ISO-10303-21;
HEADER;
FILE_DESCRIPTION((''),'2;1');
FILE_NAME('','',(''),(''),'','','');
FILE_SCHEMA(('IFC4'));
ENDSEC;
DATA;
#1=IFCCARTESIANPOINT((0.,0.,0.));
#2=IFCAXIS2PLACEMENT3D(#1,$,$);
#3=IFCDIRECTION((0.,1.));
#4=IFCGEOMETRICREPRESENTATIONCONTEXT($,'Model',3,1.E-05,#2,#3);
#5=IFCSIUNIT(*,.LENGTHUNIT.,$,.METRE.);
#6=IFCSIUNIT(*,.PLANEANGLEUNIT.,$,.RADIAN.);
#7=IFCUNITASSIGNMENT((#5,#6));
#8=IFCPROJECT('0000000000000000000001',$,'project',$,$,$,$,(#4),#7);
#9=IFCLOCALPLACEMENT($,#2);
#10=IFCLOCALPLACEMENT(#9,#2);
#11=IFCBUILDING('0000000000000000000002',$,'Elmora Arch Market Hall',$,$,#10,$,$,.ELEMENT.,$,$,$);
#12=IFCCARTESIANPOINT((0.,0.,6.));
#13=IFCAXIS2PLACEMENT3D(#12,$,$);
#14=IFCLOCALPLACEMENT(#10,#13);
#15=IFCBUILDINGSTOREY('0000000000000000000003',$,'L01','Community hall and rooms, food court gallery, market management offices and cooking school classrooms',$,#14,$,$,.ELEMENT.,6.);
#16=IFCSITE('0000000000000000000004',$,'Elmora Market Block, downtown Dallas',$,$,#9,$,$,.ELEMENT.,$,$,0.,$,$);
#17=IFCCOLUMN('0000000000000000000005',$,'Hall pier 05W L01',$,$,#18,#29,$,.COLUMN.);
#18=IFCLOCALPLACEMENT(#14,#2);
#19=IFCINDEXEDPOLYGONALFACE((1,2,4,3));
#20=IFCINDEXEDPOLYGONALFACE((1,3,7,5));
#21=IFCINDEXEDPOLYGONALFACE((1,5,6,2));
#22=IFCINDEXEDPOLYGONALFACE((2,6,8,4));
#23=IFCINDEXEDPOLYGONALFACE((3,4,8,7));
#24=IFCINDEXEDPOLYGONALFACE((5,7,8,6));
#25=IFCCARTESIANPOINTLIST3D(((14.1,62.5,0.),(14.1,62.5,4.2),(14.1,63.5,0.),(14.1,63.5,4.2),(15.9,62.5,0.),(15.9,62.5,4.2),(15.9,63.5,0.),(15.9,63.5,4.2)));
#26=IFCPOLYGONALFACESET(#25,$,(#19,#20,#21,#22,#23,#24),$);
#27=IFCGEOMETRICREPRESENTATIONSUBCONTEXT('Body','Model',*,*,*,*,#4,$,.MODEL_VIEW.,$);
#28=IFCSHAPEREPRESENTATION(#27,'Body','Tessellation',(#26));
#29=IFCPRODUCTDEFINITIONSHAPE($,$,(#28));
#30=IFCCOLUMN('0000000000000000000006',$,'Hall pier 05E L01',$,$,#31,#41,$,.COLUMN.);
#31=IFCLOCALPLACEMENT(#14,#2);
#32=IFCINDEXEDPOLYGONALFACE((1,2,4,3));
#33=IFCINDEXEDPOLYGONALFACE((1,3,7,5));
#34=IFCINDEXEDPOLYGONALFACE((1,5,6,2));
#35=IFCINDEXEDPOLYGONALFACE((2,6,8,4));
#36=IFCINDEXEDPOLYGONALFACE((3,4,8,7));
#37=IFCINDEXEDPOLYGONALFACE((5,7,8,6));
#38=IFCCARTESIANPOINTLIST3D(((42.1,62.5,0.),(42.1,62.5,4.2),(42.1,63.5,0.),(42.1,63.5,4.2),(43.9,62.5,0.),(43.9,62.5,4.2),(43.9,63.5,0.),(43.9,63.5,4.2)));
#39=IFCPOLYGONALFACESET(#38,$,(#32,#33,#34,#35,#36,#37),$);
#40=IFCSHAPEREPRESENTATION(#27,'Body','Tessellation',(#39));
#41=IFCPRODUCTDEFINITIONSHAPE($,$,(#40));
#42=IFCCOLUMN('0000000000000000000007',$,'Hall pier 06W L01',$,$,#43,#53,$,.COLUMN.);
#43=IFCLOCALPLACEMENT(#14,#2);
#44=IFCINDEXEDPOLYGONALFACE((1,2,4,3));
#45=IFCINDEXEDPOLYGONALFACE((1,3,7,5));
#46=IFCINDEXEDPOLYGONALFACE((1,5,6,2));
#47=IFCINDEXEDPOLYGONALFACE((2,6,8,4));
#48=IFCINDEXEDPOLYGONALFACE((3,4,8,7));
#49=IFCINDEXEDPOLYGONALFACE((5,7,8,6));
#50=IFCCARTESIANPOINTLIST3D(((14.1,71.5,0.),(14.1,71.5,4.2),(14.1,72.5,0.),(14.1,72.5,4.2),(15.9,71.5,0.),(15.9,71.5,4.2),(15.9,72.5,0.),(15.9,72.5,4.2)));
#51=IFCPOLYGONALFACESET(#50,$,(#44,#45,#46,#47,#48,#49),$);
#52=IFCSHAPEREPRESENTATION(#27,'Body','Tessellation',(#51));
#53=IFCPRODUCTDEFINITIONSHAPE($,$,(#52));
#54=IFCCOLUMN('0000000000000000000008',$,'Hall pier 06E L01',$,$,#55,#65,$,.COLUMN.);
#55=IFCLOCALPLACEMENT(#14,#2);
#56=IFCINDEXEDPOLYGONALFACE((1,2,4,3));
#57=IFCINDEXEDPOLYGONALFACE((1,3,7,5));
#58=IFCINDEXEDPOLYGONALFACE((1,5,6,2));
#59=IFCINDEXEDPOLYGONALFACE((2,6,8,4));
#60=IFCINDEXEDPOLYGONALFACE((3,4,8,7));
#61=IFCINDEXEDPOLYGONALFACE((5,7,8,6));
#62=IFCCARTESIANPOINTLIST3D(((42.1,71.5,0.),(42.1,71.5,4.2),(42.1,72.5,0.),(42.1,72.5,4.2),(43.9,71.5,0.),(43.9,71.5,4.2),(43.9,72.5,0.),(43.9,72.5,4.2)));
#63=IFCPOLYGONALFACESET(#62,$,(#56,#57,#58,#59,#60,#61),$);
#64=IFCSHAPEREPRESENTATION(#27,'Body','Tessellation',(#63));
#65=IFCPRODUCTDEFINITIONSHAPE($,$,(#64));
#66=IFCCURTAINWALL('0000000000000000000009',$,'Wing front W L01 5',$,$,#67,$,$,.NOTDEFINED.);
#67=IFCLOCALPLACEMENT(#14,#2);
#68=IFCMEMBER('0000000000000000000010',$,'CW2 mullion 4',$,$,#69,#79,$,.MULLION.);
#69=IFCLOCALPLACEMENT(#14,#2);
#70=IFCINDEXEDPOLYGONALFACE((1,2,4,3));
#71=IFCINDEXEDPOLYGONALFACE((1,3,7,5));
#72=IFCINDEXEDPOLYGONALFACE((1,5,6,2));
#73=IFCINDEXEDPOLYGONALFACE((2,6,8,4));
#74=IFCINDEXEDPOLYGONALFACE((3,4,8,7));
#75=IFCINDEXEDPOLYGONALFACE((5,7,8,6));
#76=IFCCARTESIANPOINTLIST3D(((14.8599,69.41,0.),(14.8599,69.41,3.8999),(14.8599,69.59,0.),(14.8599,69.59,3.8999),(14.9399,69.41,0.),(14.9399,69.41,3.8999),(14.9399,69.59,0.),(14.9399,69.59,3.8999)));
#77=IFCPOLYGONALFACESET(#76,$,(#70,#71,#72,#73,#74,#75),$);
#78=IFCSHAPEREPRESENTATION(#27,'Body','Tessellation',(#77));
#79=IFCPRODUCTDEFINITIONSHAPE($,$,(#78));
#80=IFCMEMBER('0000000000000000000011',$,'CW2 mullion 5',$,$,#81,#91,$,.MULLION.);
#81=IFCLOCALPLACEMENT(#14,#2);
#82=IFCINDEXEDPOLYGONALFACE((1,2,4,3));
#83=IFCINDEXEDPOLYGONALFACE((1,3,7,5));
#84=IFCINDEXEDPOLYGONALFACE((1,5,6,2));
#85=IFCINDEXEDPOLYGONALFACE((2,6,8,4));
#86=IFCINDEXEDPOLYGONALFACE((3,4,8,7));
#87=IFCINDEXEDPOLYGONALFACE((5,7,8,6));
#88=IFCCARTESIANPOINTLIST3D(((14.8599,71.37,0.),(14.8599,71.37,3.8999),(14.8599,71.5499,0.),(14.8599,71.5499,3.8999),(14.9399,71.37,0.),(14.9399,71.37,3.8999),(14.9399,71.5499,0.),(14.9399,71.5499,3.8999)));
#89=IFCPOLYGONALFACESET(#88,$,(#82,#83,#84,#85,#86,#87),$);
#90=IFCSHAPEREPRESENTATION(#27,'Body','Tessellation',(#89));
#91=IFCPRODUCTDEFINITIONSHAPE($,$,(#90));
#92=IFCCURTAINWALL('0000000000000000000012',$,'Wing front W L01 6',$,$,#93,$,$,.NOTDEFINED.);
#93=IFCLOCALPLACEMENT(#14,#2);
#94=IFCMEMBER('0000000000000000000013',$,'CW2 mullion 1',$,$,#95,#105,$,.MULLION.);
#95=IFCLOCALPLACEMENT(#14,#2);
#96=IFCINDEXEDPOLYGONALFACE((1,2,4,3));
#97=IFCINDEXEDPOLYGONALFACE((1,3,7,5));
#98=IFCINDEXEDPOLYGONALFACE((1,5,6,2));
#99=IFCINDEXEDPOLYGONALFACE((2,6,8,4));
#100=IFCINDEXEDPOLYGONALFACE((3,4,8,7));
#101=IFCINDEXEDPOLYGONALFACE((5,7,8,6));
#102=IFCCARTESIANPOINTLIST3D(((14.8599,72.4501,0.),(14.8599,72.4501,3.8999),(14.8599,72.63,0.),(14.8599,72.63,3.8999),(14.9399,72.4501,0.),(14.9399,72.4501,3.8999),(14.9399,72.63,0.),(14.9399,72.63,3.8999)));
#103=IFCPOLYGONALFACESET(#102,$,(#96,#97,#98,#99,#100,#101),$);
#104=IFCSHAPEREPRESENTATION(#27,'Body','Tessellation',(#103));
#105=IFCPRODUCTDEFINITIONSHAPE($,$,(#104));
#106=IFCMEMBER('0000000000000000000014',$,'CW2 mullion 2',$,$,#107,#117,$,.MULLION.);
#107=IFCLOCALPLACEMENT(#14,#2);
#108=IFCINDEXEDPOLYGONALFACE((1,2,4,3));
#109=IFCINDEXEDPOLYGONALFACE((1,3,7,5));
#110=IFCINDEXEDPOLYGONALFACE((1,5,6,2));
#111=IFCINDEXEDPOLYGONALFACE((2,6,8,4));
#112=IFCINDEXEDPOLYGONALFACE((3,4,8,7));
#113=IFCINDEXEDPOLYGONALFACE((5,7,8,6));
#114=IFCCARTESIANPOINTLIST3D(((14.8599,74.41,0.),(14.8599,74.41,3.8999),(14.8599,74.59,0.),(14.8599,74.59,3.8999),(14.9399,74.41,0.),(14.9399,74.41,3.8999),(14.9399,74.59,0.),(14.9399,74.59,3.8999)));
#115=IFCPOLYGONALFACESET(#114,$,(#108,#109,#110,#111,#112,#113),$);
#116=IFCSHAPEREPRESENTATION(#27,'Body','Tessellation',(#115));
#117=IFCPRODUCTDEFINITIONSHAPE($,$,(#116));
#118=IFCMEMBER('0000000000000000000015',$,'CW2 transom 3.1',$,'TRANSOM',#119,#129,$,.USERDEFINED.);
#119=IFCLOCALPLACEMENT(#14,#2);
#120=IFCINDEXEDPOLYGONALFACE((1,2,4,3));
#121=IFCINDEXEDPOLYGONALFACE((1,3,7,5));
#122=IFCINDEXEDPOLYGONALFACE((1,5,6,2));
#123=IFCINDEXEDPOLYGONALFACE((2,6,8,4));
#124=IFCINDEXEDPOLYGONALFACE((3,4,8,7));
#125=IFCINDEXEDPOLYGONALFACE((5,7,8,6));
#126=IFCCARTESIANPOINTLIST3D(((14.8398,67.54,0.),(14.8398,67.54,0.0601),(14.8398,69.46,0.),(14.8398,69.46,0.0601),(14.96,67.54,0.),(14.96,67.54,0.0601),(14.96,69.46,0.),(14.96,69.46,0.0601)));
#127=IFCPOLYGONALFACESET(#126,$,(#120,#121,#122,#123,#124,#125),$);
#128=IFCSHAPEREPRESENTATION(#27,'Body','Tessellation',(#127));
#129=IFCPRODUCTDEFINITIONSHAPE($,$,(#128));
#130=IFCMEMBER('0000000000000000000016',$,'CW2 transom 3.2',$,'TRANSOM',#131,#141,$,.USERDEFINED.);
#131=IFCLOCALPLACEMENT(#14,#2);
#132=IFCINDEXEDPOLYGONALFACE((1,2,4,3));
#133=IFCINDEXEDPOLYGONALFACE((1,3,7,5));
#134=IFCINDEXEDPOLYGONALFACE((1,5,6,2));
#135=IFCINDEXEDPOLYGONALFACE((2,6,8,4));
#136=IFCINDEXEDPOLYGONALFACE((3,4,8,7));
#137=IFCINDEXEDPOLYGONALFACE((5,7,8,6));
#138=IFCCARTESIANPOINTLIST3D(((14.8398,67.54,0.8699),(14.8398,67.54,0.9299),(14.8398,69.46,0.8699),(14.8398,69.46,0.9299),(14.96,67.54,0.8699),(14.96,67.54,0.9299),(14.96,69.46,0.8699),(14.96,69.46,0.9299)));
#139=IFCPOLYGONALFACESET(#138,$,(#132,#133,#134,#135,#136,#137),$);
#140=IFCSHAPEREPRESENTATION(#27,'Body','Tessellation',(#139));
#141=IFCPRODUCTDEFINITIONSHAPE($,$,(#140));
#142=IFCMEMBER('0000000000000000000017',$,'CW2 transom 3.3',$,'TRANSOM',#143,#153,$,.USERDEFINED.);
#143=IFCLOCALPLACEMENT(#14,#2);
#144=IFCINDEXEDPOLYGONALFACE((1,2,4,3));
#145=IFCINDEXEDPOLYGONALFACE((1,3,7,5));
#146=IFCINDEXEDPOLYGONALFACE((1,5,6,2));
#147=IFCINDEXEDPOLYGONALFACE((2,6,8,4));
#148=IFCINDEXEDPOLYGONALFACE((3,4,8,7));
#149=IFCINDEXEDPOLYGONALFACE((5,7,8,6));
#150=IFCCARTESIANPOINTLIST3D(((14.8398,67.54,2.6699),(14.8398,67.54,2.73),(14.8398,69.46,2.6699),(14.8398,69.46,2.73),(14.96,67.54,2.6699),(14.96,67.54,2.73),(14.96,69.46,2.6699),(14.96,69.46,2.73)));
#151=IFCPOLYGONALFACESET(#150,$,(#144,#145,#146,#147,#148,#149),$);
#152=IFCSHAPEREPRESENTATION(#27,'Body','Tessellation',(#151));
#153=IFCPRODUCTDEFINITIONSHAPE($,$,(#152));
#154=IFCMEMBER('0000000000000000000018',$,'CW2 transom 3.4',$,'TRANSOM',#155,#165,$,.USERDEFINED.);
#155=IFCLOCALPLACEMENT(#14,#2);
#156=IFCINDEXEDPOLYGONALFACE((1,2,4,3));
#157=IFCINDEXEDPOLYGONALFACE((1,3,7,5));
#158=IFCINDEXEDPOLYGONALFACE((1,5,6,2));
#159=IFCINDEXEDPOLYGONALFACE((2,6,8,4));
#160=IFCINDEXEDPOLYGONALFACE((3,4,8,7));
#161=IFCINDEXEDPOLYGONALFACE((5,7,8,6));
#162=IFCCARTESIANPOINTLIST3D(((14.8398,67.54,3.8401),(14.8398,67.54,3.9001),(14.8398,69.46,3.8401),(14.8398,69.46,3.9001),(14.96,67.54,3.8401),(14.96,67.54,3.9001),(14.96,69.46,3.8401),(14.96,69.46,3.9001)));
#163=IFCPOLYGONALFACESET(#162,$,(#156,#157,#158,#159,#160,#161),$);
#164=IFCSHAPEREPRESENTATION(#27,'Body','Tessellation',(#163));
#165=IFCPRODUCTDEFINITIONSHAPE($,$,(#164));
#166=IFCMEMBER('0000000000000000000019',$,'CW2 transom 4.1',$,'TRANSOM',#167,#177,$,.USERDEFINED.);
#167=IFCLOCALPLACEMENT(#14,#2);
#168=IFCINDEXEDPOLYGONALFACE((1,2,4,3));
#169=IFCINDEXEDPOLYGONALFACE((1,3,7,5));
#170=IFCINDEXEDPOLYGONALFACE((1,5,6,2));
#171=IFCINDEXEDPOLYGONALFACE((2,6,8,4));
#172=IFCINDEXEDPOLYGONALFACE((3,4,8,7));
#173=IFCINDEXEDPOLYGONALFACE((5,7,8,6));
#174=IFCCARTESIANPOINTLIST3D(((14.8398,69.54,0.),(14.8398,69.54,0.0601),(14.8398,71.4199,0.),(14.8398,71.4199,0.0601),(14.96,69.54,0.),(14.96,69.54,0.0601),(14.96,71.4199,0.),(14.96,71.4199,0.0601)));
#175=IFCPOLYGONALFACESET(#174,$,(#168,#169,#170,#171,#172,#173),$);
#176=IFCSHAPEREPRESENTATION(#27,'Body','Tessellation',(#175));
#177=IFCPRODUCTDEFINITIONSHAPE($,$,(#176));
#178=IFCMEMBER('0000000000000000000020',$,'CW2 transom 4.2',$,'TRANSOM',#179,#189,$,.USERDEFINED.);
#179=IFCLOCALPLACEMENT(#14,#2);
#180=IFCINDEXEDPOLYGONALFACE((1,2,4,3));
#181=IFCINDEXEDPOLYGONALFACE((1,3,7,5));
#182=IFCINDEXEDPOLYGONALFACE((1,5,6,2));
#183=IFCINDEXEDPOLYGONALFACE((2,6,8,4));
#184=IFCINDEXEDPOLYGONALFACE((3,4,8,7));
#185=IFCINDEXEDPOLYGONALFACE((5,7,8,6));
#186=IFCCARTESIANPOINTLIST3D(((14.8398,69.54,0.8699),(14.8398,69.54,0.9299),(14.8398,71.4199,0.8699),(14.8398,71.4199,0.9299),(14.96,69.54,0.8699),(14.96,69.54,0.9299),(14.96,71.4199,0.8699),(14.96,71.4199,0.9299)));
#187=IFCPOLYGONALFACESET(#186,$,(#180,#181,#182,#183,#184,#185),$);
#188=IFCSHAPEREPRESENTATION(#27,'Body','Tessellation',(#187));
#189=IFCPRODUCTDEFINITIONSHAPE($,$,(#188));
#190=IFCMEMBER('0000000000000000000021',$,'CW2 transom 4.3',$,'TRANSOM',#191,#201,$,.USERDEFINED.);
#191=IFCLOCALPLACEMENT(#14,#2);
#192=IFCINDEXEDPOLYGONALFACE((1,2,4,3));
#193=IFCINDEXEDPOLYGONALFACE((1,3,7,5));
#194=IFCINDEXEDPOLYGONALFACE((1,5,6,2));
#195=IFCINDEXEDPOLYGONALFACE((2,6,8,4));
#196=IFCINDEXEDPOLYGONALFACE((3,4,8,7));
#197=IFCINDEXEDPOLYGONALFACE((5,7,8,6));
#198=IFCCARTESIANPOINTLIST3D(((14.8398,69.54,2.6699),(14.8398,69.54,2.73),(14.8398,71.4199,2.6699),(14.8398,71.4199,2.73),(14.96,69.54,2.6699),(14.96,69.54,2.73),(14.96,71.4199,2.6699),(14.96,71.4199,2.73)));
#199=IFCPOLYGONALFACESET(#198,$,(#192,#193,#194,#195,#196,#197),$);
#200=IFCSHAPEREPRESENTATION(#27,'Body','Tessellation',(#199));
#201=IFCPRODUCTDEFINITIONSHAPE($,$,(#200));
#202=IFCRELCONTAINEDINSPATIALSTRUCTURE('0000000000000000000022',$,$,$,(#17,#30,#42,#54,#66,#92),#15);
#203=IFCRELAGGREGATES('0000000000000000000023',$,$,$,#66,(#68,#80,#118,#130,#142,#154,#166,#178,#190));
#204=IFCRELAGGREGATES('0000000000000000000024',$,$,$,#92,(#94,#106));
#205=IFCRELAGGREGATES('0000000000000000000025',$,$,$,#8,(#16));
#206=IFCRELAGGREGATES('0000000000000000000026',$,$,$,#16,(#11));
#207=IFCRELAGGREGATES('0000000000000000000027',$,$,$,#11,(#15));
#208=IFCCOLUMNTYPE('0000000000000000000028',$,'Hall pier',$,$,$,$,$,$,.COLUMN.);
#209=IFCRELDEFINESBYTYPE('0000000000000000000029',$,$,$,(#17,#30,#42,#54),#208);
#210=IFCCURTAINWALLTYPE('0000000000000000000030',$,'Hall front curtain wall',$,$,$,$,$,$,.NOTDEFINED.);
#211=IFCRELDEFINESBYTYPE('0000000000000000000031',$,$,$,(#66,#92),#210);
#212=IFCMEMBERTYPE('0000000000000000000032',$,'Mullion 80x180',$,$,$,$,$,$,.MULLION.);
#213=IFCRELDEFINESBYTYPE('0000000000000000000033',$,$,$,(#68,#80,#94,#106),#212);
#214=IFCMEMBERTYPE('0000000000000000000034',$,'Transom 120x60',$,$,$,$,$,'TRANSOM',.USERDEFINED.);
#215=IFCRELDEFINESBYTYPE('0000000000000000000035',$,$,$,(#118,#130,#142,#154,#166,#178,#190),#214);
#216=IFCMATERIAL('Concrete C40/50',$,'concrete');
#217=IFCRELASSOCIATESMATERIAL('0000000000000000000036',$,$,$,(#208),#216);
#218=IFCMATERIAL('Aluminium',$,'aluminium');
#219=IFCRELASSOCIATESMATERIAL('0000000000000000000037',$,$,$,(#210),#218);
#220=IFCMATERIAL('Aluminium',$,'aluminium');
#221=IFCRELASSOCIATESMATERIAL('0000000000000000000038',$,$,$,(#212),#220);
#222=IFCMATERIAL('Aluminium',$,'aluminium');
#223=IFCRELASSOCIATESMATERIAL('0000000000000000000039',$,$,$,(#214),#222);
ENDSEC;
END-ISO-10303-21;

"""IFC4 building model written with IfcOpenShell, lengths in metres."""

from ifc_helpers import new_model, si_unit, direction, frame, origin, origin_2d, place, context, subcontext, project, spatial, rectangle, extrude, material, material_profile, profile_set, type_object, element, aggregate, save


model = new_model("IFC4")

# Units and contexts
model_context = context("Model", 3, precision=1e-05, world=origin(), true_north=direction((0.0, 1.0)))
body_context = subcontext(model_context, "Body", "Model", "MODEL_VIEW")
ifc_project = project(units=[si_unit("LENGTHUNIT", "METRE"), si_unit("PLANEANGLEUNIT", "RADIAN")], contexts=[model_context])

# Site, building, storey
site_placement = place(None, origin())
site = spatial("IfcSite", under=ifc_project, at=site_placement, Name="Elmora Market Block, downtown Dallas", CompositionType="ELEMENT", RefElevation=0.0)
building_placement = place(site_placement, origin())
building = spatial("IfcBuilding", under=site, at=building_placement, Name="Elmora Arch Market Hall", CompositionType="ELEMENT")
storey_placement = place(building_placement, frame((0.0, 0.0, 6.0)))
storey = spatial("IfcBuildingStorey", under=building, at=storey_placement, Name="L01", Description="Community hall and rooms, food court gallery, market management offices and cooking school classrooms", CompositionType="ELEMENT", Elevation=6.0)

# Columns
ifc_material_1 = material(Name="Concrete C40/50", Category="concrete")
ifc_material_profile_1 = material_profile(ifc_material_1, rectangle(XDim=1.8, YDim=1.0, at=origin_2d()), Name="Hall pier")
ifc_profile_set_1 = profile_set([ifc_material_profile_1], Name="Concrete C40/50")
column_type = type_object("IfcColumnType", Name="Hall pier", PredefinedType="COLUMN", material=ifc_profile_set_1)
for number, where, z_axis, x_axis, name in (
    (1, (15.0, 63.0, 0.0), (0.0, 0.0, 1.0), (1.0, 0.0, 0.0), "Hall pier 05W L01"),
    (2, (43.0, 63.0, 0.0), (0.0, 0.0, 1.0), (1.0, 0.0, 0.0), "Hall pier 05E L01"),
    (3, (15.0, 72.0, 0.0), (0.0, 0.0, 1.0), (1.0, 0.0, 0.0), "Hall pier 06W L01"),
    (4, (43.0, 72.0, 0.0), (0.0, 0.0, 1.0), (1.0, 0.0, 0.0), "Hall pier 06E L01"),
):
    element("IfcColumn", number, at=place(storey_placement, frame(where, z_axis=z_axis, x_axis=x_axis)), inside=storey, type_object=column_type, Name=name, PredefinedType="COLUMN", context=body_context, shape_type="SweptSolid", body=[
        extrude(rectangle(XDim=1.8, YDim=1.0, at=origin_2d()), origin(), (0.0, 0.0, 1.0), 4.2),
    ])

# Curtain walls, members
ifc_material_2 = material(Name="Aluminium", Category="aluminium")
curtain_wall_type = type_object("IfcCurtainWallType", Name="Hall front curtain wall", PredefinedType="NOTDEFINED", material=ifc_material_2)
curtain_wall_1_placement = place(storey_placement, origin())
curtain_wall_1 = element("IfcCurtainWall", 5, at=curtain_wall_1_placement, inside=storey, type_object=curtain_wall_type, Name="Wing front W L01 5", PredefinedType="NOTDEFINED")
ifc_material_3 = material(Name="Aluminium", Category="aluminium")
ifc_material_profile_2 = material_profile(ifc_material_3, rectangle(XDim=0.0801, YDim=0.1799, at=origin_2d()), Name="AL 80x180")
ifc_profile_set_2 = profile_set([ifc_material_profile_2], Name="Aluminium")
member_type_1 = type_object("IfcMemberType", Name="Mullion 80x180", PredefinedType="MULLION", material=ifc_profile_set_2)
member_1_placement = place(storey_placement, frame((14.8999, 69.5, 0.0), z_axis=(0.0, 0.0, 1.0), x_axis=(-1.0, 0.0, 0.0)))
member_1 = element("IfcMember", 6, at=member_1_placement, type_object=member_type_1, Name="CW2 mullion 4", PredefinedType="MULLION", context=body_context, shape_type="SweptSolid", body=[
    extrude(rectangle(XDim=0.0801, YDim=0.1799, at=origin_2d()), origin(), (0.0, 0.0, 1.0), 3.8999),
])
member_2_placement = place(storey_placement, frame((14.8999, 71.46, 0.0), z_axis=(0.0, 0.0, 1.0), x_axis=(-1.0, 0.0, 0.0)))
member_2 = element("IfcMember", 7, at=member_2_placement, type_object=member_type_1, Name="CW2 mullion 5", PredefinedType="MULLION", context=body_context, shape_type="SweptSolid", body=[
    extrude(rectangle(XDim=0.0801, YDim=0.1799, at=origin_2d()), origin(), (0.0, 0.0, 1.0), 3.8999),
])
curtain_wall_2_placement = place(storey_placement, origin())
curtain_wall_2 = element("IfcCurtainWall", 8, at=curtain_wall_2_placement, inside=storey, type_object=curtain_wall_type, Name="Wing front W L01 6", PredefinedType="NOTDEFINED")
member_3_placement = place(storey_placement, frame((14.8999, 72.54, 0.0), z_axis=(0.0, 0.0, 1.0), x_axis=(-1.0, 0.0, 0.0)))
member_3 = element("IfcMember", 9, at=member_3_placement, type_object=member_type_1, Name="CW2 mullion 1", PredefinedType="MULLION", context=body_context, shape_type="SweptSolid", body=[
    extrude(rectangle(XDim=0.0801, YDim=0.1799, at=origin_2d()), origin(), (0.0, 0.0, 1.0), 3.8999),
])
member_4_placement = place(storey_placement, frame((14.8999, 74.5, 0.0), z_axis=(0.0, 0.0, 1.0), x_axis=(-1.0, 0.0, 0.0)))
member_4 = element("IfcMember", 10, at=member_4_placement, type_object=member_type_1, Name="CW2 mullion 2", PredefinedType="MULLION", context=body_context, shape_type="SweptSolid", body=[
    extrude(rectangle(XDim=0.0801, YDim=0.1799, at=origin_2d()), origin(), (0.0, 0.0, 1.0), 3.8999),
])

# Members
ifc_material_4 = material(Name="Aluminium", Category="aluminium")
ifc_material_profile_3 = material_profile(ifc_material_4, rectangle(XDim=0.1201, YDim=0.0601, at=origin_2d()), Name="AL 120x60")
ifc_profile_set_3 = profile_set([ifc_material_profile_3], Name="Aluminium")
member_type_2 = type_object("IfcMemberType", Name="Transom 120x60", ElementType="TRANSOM", PredefinedType="USERDEFINED", material=ifc_profile_set_3)
member_5_placement = place(storey_placement, frame((14.8999, 67.54, 0.03), z_axis=(0.0, 1.0, 0.0), x_axis=(-1.0, 0.0, 0.0)))
member_5 = element("IfcMember", 11, at=member_5_placement, type_object=member_type_2, Name="CW2 transom 3.1", ObjectType="TRANSOM", PredefinedType="USERDEFINED", context=body_context, shape_type="SweptSolid", body=[
    extrude(rectangle(XDim=0.1201, YDim=0.0601, at=origin_2d()), origin(), (0.0, 0.0, 1.0), 1.9199),
])
member_6_placement = place(storey_placement, frame((14.8999, 67.54, 0.8999), z_axis=(0.0, 1.0, 0.0), x_axis=(-1.0, 0.0, 0.0)))
member_6 = element("IfcMember", 12, at=member_6_placement, type_object=member_type_2, Name="CW2 transom 3.2", ObjectType="TRANSOM", PredefinedType="USERDEFINED", context=body_context, shape_type="SweptSolid", body=[
    extrude(rectangle(XDim=0.1201, YDim=0.0601, at=origin_2d()), origin(), (0.0, 0.0, 1.0), 1.9199),
])
member_7_placement = place(storey_placement, frame((14.8999, 67.54, 2.7), z_axis=(0.0, 1.0, 0.0), x_axis=(-1.0, 0.0, 0.0)))
member_7 = element("IfcMember", 13, at=member_7_placement, type_object=member_type_2, Name="CW2 transom 3.3", ObjectType="TRANSOM", PredefinedType="USERDEFINED", context=body_context, shape_type="SweptSolid", body=[
    extrude(rectangle(XDim=0.1201, YDim=0.0601, at=origin_2d()), origin(), (0.0, 0.0, 1.0), 1.9199),
])
member_8_placement = place(storey_placement, frame((14.8999, 67.54, 3.8701), z_axis=(0.0, 1.0, 0.0), x_axis=(-1.0, 0.0, 0.0)))
member_8 = element("IfcMember", 14, at=member_8_placement, type_object=member_type_2, Name="CW2 transom 3.4", ObjectType="TRANSOM", PredefinedType="USERDEFINED", context=body_context, shape_type="SweptSolid", body=[
    extrude(rectangle(XDim=0.1201, YDim=0.0601, at=origin_2d()), origin(), (0.0, 0.0, 1.0), 1.9199),
])
member_9_placement = place(storey_placement, frame((14.8999, 69.54, 0.03), z_axis=(0.0, 1.0, 0.0), x_axis=(-1.0, 0.0, 0.0)))
member_9 = element("IfcMember", 15, at=member_9_placement, type_object=member_type_2, Name="CW2 transom 4.1", ObjectType="TRANSOM", PredefinedType="USERDEFINED", context=body_context, shape_type="SweptSolid", body=[
    extrude(rectangle(XDim=0.1201, YDim=0.0601, at=origin_2d()), origin(), (0.0, 0.0, 1.0), 1.8799),
])
member_10_placement = place(storey_placement, frame((14.8999, 69.54, 0.8999), z_axis=(0.0, 1.0, 0.0), x_axis=(-1.0, 0.0, 0.0)))
member_10 = element("IfcMember", 16, at=member_10_placement, type_object=member_type_2, Name="CW2 transom 4.2", ObjectType="TRANSOM", PredefinedType="USERDEFINED", context=body_context, shape_type="SweptSolid", body=[
    extrude(rectangle(XDim=0.1201, YDim=0.0601, at=origin_2d()), origin(), (0.0, 0.0, 1.0), 1.8799),
])
member_11_placement = place(storey_placement, frame((14.8999, 69.54, 2.7), z_axis=(0.0, 1.0, 0.0), x_axis=(-1.0, 0.0, 0.0)))
member_11 = element("IfcMember", 17, at=member_11_placement, type_object=member_type_2, Name="CW2 transom 4.3", ObjectType="TRANSOM", PredefinedType="USERDEFINED", context=body_context, shape_type="SweptSolid", body=[
    extrude(rectangle(XDim=0.1201, YDim=0.0601, at=origin_2d()), origin(), (0.0, 0.0, 1.0), 1.8799),
])

aggregate(curtain_wall_1, [member_1, member_2, member_5, member_6, member_7, member_8, member_9, member_10, member_11])
aggregate(curtain_wall_2, [member_3, member_4])

save(model, "model.ifc")
